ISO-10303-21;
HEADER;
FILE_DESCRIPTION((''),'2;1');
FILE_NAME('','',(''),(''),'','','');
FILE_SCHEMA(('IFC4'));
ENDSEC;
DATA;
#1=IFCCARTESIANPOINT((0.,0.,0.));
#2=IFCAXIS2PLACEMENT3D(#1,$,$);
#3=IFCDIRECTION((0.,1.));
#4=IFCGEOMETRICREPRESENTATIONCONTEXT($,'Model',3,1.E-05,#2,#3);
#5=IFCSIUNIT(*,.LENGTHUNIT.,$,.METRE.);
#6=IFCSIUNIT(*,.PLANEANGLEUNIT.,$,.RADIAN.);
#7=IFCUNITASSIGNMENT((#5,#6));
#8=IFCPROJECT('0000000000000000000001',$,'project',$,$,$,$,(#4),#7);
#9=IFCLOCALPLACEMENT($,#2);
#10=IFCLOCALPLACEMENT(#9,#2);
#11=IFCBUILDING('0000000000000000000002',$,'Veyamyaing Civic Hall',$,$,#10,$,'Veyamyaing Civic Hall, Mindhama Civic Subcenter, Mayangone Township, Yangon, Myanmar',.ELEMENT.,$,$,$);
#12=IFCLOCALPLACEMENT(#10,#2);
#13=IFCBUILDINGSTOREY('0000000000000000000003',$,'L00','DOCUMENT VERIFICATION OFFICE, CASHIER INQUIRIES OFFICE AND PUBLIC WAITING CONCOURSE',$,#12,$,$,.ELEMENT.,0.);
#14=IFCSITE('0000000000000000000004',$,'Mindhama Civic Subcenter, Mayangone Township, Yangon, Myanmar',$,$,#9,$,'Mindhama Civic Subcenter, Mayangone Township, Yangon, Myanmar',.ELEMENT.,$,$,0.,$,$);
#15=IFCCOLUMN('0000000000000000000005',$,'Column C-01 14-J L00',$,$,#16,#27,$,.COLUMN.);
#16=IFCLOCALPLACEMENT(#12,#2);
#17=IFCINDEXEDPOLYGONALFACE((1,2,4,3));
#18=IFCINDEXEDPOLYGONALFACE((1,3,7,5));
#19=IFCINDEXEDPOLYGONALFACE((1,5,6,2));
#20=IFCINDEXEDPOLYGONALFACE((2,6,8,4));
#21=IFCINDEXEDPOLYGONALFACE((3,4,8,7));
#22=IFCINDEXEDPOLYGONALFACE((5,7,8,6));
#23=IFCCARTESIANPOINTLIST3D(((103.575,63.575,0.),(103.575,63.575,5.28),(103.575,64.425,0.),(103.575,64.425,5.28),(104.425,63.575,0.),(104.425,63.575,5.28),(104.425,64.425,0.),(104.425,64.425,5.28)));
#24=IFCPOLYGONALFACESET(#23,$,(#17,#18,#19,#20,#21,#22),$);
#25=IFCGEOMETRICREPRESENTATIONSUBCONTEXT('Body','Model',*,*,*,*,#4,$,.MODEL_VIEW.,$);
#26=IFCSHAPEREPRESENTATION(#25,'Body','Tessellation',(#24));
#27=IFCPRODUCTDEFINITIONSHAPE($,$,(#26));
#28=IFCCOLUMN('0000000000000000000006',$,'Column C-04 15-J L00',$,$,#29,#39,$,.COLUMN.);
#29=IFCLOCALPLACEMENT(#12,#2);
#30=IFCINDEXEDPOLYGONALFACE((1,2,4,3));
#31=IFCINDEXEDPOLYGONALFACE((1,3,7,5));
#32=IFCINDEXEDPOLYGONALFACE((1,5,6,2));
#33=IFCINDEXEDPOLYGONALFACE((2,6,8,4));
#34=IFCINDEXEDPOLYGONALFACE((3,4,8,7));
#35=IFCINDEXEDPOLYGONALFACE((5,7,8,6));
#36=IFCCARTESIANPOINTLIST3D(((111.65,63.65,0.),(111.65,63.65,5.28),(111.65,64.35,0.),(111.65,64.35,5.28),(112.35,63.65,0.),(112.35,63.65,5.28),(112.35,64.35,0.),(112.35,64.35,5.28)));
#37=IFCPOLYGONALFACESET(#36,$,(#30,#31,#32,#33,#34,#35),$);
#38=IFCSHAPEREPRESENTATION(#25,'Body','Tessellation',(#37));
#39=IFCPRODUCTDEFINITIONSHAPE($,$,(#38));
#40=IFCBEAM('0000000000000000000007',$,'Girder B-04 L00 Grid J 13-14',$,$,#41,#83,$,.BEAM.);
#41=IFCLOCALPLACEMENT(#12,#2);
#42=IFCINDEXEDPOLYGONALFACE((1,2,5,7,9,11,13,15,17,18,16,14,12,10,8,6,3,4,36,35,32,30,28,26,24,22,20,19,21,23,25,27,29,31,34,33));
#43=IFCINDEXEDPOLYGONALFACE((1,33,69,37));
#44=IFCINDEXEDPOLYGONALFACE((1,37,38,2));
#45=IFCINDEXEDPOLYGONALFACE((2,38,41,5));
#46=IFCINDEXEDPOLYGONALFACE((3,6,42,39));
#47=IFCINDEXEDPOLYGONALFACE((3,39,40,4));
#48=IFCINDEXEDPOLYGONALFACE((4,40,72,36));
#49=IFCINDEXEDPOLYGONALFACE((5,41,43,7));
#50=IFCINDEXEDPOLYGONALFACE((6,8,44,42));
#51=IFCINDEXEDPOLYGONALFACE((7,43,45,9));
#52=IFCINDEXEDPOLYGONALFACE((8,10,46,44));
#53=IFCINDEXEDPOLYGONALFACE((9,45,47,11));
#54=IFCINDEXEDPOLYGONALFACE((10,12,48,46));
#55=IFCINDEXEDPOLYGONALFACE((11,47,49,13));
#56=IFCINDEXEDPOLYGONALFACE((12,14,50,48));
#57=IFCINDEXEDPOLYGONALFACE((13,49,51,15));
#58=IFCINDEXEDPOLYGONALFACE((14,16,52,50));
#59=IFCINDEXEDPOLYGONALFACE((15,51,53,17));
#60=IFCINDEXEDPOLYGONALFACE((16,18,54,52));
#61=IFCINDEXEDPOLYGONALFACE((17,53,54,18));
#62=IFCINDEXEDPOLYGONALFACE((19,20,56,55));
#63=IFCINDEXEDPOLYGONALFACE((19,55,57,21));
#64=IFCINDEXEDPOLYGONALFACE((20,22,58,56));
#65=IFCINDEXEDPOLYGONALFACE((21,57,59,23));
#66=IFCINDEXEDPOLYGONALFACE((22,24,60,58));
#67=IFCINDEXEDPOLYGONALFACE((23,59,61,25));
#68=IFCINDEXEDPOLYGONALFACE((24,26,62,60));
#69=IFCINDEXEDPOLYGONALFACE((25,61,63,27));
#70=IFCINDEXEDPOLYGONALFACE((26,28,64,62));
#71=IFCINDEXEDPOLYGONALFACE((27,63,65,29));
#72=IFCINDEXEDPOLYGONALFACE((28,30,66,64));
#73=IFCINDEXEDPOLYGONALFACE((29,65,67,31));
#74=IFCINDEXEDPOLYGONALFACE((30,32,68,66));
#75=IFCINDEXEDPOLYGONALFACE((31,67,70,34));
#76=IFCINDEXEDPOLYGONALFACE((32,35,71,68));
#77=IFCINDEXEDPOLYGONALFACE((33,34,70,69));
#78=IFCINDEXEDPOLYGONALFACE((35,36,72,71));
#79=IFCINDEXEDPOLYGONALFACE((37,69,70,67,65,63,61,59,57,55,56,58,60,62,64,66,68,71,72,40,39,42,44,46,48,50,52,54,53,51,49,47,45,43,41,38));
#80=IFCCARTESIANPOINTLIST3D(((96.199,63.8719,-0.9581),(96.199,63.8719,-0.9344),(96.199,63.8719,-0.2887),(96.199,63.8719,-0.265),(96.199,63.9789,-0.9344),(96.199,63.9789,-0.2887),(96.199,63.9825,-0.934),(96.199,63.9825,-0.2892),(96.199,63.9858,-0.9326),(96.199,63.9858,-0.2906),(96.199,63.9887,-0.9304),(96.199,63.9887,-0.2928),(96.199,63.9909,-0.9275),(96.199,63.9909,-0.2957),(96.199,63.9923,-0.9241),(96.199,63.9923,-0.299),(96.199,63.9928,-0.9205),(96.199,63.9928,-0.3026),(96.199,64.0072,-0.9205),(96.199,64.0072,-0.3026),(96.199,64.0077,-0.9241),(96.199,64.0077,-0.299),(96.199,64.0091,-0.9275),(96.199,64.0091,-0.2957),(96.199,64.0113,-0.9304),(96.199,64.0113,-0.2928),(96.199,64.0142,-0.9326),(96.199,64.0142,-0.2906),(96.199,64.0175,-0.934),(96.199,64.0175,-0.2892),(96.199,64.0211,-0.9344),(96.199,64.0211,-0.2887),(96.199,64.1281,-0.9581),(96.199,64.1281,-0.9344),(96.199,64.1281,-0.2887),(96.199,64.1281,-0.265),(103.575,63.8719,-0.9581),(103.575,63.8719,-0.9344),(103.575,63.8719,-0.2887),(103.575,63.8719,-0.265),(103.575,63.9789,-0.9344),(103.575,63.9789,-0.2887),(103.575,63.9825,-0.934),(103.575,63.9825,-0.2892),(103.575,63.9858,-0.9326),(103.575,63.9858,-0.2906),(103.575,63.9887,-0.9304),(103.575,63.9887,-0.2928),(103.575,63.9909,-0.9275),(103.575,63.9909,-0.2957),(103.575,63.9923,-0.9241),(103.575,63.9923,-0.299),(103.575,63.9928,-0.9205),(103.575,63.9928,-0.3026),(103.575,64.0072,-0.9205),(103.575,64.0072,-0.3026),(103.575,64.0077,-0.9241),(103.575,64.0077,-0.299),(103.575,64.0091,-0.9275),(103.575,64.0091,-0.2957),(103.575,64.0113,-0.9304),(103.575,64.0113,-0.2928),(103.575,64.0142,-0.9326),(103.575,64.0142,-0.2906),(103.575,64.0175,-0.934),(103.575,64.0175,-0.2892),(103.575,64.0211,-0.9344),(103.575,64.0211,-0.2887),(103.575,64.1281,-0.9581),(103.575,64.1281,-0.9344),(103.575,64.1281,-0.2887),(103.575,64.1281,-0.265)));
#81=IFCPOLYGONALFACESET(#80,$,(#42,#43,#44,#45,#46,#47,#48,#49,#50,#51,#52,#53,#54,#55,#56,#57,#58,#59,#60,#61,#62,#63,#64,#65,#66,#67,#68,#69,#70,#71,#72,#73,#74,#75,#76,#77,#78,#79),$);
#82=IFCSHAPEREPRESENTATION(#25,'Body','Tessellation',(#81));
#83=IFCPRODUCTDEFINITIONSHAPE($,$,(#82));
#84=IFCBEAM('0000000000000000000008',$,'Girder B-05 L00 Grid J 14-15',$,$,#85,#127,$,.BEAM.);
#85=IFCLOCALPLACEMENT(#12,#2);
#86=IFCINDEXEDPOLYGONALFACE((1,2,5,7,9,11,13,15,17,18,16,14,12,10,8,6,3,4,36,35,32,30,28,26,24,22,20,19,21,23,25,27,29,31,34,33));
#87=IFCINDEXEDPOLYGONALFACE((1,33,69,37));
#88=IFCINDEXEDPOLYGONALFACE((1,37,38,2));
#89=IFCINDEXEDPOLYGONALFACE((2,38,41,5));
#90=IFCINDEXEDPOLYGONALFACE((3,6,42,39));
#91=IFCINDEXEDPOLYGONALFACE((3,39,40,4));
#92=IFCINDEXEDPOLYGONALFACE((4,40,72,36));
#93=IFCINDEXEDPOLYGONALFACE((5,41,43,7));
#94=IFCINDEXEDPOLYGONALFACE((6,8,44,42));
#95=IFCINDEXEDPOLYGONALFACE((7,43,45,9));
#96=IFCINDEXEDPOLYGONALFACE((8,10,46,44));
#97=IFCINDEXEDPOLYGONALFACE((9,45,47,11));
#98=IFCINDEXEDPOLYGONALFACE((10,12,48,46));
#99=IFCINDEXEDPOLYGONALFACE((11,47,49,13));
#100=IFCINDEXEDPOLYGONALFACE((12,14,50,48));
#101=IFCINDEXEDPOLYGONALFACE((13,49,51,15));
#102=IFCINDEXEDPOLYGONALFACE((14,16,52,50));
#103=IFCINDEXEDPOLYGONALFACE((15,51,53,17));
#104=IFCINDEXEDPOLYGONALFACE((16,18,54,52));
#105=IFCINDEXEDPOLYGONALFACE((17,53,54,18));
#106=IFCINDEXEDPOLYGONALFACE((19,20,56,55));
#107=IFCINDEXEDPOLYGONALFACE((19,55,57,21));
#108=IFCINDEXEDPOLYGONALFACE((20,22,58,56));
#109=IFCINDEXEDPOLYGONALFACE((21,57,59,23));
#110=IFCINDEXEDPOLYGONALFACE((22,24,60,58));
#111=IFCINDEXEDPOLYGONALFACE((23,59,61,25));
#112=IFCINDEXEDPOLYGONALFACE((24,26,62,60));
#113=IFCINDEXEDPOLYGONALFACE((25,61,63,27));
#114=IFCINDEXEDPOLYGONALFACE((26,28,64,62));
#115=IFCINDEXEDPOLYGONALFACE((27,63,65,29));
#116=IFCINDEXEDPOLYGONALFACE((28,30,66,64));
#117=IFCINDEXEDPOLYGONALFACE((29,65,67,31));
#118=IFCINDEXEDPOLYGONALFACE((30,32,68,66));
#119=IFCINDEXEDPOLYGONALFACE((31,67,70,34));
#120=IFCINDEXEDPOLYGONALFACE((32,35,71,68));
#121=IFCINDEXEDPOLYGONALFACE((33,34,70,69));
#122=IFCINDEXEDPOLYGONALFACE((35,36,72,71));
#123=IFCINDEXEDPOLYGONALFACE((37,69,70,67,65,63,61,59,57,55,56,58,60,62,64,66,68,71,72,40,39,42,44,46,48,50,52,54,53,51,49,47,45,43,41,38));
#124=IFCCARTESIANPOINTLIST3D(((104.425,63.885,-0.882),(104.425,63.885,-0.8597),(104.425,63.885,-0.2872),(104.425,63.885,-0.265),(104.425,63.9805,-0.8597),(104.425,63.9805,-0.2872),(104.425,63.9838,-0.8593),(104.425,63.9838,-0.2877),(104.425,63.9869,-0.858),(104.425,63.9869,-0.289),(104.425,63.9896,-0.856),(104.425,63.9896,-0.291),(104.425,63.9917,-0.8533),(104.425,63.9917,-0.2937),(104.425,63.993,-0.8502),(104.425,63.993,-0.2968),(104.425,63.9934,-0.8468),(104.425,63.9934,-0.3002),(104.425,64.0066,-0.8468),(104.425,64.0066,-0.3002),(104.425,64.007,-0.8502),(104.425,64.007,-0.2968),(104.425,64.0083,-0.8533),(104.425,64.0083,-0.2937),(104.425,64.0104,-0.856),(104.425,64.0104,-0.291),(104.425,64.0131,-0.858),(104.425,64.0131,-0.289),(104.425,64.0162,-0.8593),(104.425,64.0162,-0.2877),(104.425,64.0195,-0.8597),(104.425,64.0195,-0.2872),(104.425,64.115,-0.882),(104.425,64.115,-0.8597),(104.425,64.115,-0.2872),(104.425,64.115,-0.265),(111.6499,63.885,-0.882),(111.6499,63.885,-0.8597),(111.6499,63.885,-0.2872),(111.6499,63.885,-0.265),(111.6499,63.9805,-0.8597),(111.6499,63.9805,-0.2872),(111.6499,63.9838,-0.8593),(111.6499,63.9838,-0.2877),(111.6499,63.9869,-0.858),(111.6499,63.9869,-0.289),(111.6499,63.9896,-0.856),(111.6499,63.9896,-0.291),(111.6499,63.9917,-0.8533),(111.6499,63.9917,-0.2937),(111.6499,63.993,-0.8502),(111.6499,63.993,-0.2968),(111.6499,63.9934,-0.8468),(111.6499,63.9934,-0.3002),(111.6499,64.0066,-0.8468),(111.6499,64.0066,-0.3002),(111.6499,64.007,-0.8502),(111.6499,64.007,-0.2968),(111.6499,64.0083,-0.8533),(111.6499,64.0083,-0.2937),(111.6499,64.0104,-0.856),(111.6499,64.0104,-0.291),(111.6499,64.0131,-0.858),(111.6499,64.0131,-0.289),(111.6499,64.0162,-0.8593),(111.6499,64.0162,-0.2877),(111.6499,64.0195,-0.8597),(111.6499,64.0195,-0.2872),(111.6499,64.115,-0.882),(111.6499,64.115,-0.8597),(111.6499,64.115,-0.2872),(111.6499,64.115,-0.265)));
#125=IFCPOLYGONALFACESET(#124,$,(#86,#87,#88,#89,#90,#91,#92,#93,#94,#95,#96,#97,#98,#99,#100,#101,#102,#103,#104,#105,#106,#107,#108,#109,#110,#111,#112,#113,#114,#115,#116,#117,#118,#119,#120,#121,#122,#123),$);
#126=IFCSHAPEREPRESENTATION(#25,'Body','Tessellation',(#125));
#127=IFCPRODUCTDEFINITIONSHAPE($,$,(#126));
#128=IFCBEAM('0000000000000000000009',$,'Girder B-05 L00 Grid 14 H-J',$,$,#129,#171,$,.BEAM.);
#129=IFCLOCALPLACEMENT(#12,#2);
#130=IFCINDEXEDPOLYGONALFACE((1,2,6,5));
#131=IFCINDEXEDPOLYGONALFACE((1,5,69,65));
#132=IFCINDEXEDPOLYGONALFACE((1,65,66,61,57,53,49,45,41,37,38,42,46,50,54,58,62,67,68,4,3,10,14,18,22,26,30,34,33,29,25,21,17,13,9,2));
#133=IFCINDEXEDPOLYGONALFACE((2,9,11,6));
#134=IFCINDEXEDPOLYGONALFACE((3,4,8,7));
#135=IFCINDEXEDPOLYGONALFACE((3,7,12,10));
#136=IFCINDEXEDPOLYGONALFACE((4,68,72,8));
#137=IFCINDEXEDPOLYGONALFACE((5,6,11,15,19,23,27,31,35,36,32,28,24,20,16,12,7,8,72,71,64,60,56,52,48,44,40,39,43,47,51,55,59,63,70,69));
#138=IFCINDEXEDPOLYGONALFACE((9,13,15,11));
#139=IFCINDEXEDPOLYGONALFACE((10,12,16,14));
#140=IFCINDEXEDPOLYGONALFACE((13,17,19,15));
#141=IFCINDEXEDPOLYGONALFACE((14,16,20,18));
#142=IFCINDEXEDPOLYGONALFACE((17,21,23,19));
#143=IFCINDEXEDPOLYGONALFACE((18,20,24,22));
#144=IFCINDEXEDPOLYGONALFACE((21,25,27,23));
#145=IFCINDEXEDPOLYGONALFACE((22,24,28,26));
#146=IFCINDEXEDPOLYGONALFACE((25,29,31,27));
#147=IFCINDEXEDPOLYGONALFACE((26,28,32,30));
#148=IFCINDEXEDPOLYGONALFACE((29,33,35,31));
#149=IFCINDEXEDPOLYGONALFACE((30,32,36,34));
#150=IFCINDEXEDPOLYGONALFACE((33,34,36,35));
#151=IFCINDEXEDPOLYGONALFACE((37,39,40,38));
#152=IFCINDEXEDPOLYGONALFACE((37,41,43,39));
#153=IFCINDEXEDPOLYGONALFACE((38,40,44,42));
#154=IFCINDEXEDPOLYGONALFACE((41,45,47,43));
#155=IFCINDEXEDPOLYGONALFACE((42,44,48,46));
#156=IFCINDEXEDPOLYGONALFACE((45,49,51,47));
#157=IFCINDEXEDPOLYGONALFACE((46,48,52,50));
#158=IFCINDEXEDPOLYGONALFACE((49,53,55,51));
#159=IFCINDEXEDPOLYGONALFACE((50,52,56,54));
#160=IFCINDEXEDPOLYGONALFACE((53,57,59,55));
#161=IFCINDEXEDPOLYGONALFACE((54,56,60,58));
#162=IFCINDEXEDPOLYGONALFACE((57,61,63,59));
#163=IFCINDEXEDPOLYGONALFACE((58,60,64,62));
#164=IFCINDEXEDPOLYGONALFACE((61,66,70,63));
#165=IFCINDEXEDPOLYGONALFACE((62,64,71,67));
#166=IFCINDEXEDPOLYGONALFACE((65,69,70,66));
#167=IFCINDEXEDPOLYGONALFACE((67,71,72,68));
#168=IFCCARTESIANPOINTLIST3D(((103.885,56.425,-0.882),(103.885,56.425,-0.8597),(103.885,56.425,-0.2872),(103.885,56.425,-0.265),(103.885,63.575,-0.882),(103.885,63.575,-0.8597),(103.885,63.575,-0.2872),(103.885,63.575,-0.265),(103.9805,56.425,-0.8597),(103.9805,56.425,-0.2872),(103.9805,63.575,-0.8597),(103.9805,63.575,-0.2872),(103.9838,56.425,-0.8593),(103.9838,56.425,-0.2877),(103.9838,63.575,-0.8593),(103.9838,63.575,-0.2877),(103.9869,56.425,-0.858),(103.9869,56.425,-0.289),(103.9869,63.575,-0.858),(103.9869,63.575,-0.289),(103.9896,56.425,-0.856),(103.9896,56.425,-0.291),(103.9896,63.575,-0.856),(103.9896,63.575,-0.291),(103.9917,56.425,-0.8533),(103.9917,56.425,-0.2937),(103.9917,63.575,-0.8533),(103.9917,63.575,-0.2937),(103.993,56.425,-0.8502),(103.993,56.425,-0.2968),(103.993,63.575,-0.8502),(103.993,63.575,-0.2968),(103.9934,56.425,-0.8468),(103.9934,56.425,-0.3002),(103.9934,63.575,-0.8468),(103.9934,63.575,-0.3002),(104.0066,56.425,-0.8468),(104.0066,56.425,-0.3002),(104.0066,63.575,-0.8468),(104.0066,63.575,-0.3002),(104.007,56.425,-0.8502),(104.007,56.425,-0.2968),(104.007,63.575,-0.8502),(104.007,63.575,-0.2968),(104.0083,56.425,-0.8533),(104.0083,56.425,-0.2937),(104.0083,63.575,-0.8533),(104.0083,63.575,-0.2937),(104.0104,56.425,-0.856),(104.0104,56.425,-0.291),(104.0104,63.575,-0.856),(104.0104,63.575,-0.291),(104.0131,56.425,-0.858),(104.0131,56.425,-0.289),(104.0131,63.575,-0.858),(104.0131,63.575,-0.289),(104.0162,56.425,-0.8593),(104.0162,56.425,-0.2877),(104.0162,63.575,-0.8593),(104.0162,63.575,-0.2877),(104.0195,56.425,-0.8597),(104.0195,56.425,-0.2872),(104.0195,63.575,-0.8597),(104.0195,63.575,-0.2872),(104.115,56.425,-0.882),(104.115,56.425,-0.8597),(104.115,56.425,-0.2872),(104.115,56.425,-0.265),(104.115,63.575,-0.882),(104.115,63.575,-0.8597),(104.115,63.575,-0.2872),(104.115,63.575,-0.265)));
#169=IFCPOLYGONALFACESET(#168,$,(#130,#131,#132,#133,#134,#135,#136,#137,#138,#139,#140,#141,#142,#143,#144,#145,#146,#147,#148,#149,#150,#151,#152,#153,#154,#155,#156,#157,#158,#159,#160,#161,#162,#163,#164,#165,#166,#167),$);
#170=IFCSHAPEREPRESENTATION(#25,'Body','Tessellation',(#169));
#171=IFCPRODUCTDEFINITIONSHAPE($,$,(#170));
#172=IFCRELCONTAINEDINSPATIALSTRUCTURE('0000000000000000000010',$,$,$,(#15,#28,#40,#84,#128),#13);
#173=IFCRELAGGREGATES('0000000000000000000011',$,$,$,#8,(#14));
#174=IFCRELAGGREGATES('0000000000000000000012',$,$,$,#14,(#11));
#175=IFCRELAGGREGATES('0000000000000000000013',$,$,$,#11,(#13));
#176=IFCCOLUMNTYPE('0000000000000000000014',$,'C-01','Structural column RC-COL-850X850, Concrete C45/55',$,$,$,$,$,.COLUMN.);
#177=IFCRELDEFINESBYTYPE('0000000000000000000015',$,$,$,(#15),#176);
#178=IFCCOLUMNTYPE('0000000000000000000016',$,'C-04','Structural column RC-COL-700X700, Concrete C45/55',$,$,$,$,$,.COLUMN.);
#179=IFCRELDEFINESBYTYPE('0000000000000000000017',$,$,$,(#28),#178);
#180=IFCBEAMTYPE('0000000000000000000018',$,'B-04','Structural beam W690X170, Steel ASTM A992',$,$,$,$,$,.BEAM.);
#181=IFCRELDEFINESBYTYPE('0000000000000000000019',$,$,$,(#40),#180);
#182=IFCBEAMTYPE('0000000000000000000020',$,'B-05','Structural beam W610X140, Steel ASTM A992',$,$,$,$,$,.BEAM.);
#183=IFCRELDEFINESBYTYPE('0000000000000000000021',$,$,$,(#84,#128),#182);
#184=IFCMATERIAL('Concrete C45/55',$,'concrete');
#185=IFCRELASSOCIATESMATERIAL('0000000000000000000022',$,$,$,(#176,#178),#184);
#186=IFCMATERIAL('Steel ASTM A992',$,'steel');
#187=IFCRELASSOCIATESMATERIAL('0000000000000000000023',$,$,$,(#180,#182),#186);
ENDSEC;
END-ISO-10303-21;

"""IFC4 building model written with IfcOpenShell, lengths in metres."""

from ifc_helpers import new_model, si_unit, direction, frame, origin, origin_2d, place, context, subcontext, project, spatial, rectangle, i_section, extrude, material, material_profile, profile_set, type_object, element, save


model = new_model("IFC4")

# Units and contexts
model_context = context("Model", 3, precision=1e-05, world=origin(), true_north=direction((0.0, 1.0)))
body_context = subcontext(model_context, "Body", "Model", "MODEL_VIEW")
ifc_project = project(units=[si_unit("LENGTHUNIT", "METRE"), si_unit("PLANEANGLEUNIT", "RADIAN")], contexts=[model_context])

# Site, building, storey
site_placement = place(None, origin())
site = spatial("IfcSite", under=ifc_project, at=site_placement, Name="Mindhama Civic Subcenter, Mayangone Township, Yangon, Myanmar", LongName="Mindhama Civic Subcenter, Mayangone Township, Yangon, Myanmar", CompositionType="ELEMENT", RefElevation=0.0)
building_placement = place(site_placement, origin())
building = spatial("IfcBuilding", under=site, at=building_placement, Name="Veyamyaing Civic Hall", LongName="Veyamyaing Civic Hall, Mindhama Civic Subcenter, Mayangone Township, Yangon, Myanmar", CompositionType="ELEMENT")
storey_placement = place(building_placement, origin())
storey = spatial("IfcBuildingStorey", under=building, at=storey_placement, Name="L00", Description="DOCUMENT VERIFICATION OFFICE, CASHIER INQUIRIES OFFICE AND PUBLIC WAITING CONCOURSE", CompositionType="ELEMENT", Elevation=0.0)

# Columns
ifc_material_1 = material(Name="Concrete C45/55", Category="concrete")
ifc_material_profile_1 = material_profile(ifc_material_1, rectangle(XDim=0.8501, YDim=0.8501, at=origin_2d()), Name="RC-COL-850X850")
ifc_profile_set_1 = profile_set([ifc_material_profile_1], Name="Concrete C45/55")
column_type_1 = type_object("IfcColumnType", Name="C-01", Description="Structural column RC-COL-850X850, Concrete C45/55", PredefinedType="COLUMN", material=ifc_profile_set_1)
column_1_placement = place(storey_placement, frame((104.0, 64.0, 0.0), z_axis=(0.0, 0.0, 1.0), x_axis=(1.0, 0.0, 0.0)))
element("IfcColumn", 1, at=column_1_placement, inside=storey, type_object=column_type_1, Name="Column C-01 14-J L00", PredefinedType="COLUMN", context=body_context, shape_type="SweptSolid", body=[
    extrude(rectangle(XDim=0.8501, YDim=0.8501, at=origin_2d()), origin(), (0.0, 0.0, 1.0), 5.28),
])
ifc_material_profile_2 = material_profile(ifc_material_1, rectangle(XDim=0.7, YDim=0.7, at=origin_2d()), Name="RC-COL-700X700")
ifc_profile_set_2 = profile_set([ifc_material_profile_2], Name="Concrete C45/55")
column_type_2 = type_object("IfcColumnType", Name="C-04", Description="Structural column RC-COL-700X700, Concrete C45/55", PredefinedType="COLUMN", material=ifc_profile_set_2)
column_2_placement = place(storey_placement, frame((112.0, 64.0, 0.0), z_axis=(0.0, 0.0, 1.0), x_axis=(1.0, 0.0, 0.0)))
element("IfcColumn", 2, at=column_2_placement, inside=storey, type_object=column_type_2, Name="Column C-04 15-J L00", PredefinedType="COLUMN", context=body_context, shape_type="SweptSolid", body=[
    extrude(rectangle(XDim=0.7, YDim=0.7, at=origin_2d()), origin(), (0.0, 0.0, 1.0), 5.28),
])

# Beams
ifc_material_2 = material(Name="Steel ASTM A992", Category="steel")
ifc_material_profile_3 = material_profile(ifc_material_2, i_section(OverallWidth=0.2561, OverallDepth=0.6931, WebThickness=0.0144, FlangeThickness=0.0237, FilletRadius=0.0139, at=origin_2d()), Name="W690X170")
ifc_profile_set_3 = profile_set([ifc_material_profile_3], Name="Steel ASTM A992")
beam_type_1 = type_object("IfcBeamType", Name="B-04", Description="Structural beam W690X170, Steel ASTM A992", PredefinedType="BEAM", material=ifc_profile_set_3)
beam_1_placement = place(storey_placement, frame((96.199, 64.0, -0.6116), z_axis=(1.0, 0.0, 0.0), x_axis=(0.0, 1.0, 0.0)))
element("IfcBeam", 3, at=beam_1_placement, inside=storey, type_object=beam_type_1, Name="Girder B-04 L00 Grid J 13-14", PredefinedType="BEAM", context=body_context, shape_type="SweptSolid", body=[
    extrude(i_section(OverallWidth=0.2561, OverallDepth=0.6931, WebThickness=0.0144, FlangeThickness=0.0237, FilletRadius=0.0139, at=origin_2d()), origin(), (0.0, 0.0, 1.0), 7.376),
])
ifc_material_profile_4 = material_profile(ifc_material_2, i_section(OverallWidth=0.23, OverallDepth=0.6169, WebThickness=0.0132, FlangeThickness=0.0222, FilletRadius=0.0129, at=origin_2d()), Name="W610X140")
ifc_profile_set_4 = profile_set([ifc_material_profile_4], Name="Steel ASTM A992")
beam_type_2 = type_object("IfcBeamType", Name="B-05", Description="Structural beam W610X140, Steel ASTM A992", PredefinedType="BEAM", material=ifc_profile_set_4)
beam_2_placement = place(storey_placement, frame((104.425, 64.0, -0.5735), z_axis=(1.0, 0.0, 0.0), x_axis=(0.0, 1.0, 0.0)))
element("IfcBeam", 4, at=beam_2_placement, inside=storey, type_object=beam_type_2, Name="Girder B-05 L00 Grid J 14-15", PredefinedType="BEAM", context=body_context, shape_type="SweptSolid", body=[
    extrude(i_section(OverallWidth=0.23, OverallDepth=0.6169, WebThickness=0.0132, FlangeThickness=0.0222, FilletRadius=0.0129, at=origin_2d()), origin(), (0.0, 0.0, 1.0), 7.2249),
])
beam_3_placement = place(storey_placement, frame((104.0, 56.425, -0.5735), z_axis=(0.0, 1.0, 0.0), x_axis=(-1.0, 0.0, 0.0)))
element("IfcBeam", 5, at=beam_3_placement, inside=storey, type_object=beam_type_2, Name="Girder B-05 L00 Grid 14 H-J", PredefinedType="BEAM", context=body_context, shape_type="SweptSolid", body=[
    extrude(i_section(OverallWidth=0.23, OverallDepth=0.6169, WebThickness=0.0132, FlangeThickness=0.0222, FilletRadius=0.0129, at=origin_2d()), origin(), (0.0, 0.0, 1.0), 7.1499),
])

save(model, "model.ifc")
